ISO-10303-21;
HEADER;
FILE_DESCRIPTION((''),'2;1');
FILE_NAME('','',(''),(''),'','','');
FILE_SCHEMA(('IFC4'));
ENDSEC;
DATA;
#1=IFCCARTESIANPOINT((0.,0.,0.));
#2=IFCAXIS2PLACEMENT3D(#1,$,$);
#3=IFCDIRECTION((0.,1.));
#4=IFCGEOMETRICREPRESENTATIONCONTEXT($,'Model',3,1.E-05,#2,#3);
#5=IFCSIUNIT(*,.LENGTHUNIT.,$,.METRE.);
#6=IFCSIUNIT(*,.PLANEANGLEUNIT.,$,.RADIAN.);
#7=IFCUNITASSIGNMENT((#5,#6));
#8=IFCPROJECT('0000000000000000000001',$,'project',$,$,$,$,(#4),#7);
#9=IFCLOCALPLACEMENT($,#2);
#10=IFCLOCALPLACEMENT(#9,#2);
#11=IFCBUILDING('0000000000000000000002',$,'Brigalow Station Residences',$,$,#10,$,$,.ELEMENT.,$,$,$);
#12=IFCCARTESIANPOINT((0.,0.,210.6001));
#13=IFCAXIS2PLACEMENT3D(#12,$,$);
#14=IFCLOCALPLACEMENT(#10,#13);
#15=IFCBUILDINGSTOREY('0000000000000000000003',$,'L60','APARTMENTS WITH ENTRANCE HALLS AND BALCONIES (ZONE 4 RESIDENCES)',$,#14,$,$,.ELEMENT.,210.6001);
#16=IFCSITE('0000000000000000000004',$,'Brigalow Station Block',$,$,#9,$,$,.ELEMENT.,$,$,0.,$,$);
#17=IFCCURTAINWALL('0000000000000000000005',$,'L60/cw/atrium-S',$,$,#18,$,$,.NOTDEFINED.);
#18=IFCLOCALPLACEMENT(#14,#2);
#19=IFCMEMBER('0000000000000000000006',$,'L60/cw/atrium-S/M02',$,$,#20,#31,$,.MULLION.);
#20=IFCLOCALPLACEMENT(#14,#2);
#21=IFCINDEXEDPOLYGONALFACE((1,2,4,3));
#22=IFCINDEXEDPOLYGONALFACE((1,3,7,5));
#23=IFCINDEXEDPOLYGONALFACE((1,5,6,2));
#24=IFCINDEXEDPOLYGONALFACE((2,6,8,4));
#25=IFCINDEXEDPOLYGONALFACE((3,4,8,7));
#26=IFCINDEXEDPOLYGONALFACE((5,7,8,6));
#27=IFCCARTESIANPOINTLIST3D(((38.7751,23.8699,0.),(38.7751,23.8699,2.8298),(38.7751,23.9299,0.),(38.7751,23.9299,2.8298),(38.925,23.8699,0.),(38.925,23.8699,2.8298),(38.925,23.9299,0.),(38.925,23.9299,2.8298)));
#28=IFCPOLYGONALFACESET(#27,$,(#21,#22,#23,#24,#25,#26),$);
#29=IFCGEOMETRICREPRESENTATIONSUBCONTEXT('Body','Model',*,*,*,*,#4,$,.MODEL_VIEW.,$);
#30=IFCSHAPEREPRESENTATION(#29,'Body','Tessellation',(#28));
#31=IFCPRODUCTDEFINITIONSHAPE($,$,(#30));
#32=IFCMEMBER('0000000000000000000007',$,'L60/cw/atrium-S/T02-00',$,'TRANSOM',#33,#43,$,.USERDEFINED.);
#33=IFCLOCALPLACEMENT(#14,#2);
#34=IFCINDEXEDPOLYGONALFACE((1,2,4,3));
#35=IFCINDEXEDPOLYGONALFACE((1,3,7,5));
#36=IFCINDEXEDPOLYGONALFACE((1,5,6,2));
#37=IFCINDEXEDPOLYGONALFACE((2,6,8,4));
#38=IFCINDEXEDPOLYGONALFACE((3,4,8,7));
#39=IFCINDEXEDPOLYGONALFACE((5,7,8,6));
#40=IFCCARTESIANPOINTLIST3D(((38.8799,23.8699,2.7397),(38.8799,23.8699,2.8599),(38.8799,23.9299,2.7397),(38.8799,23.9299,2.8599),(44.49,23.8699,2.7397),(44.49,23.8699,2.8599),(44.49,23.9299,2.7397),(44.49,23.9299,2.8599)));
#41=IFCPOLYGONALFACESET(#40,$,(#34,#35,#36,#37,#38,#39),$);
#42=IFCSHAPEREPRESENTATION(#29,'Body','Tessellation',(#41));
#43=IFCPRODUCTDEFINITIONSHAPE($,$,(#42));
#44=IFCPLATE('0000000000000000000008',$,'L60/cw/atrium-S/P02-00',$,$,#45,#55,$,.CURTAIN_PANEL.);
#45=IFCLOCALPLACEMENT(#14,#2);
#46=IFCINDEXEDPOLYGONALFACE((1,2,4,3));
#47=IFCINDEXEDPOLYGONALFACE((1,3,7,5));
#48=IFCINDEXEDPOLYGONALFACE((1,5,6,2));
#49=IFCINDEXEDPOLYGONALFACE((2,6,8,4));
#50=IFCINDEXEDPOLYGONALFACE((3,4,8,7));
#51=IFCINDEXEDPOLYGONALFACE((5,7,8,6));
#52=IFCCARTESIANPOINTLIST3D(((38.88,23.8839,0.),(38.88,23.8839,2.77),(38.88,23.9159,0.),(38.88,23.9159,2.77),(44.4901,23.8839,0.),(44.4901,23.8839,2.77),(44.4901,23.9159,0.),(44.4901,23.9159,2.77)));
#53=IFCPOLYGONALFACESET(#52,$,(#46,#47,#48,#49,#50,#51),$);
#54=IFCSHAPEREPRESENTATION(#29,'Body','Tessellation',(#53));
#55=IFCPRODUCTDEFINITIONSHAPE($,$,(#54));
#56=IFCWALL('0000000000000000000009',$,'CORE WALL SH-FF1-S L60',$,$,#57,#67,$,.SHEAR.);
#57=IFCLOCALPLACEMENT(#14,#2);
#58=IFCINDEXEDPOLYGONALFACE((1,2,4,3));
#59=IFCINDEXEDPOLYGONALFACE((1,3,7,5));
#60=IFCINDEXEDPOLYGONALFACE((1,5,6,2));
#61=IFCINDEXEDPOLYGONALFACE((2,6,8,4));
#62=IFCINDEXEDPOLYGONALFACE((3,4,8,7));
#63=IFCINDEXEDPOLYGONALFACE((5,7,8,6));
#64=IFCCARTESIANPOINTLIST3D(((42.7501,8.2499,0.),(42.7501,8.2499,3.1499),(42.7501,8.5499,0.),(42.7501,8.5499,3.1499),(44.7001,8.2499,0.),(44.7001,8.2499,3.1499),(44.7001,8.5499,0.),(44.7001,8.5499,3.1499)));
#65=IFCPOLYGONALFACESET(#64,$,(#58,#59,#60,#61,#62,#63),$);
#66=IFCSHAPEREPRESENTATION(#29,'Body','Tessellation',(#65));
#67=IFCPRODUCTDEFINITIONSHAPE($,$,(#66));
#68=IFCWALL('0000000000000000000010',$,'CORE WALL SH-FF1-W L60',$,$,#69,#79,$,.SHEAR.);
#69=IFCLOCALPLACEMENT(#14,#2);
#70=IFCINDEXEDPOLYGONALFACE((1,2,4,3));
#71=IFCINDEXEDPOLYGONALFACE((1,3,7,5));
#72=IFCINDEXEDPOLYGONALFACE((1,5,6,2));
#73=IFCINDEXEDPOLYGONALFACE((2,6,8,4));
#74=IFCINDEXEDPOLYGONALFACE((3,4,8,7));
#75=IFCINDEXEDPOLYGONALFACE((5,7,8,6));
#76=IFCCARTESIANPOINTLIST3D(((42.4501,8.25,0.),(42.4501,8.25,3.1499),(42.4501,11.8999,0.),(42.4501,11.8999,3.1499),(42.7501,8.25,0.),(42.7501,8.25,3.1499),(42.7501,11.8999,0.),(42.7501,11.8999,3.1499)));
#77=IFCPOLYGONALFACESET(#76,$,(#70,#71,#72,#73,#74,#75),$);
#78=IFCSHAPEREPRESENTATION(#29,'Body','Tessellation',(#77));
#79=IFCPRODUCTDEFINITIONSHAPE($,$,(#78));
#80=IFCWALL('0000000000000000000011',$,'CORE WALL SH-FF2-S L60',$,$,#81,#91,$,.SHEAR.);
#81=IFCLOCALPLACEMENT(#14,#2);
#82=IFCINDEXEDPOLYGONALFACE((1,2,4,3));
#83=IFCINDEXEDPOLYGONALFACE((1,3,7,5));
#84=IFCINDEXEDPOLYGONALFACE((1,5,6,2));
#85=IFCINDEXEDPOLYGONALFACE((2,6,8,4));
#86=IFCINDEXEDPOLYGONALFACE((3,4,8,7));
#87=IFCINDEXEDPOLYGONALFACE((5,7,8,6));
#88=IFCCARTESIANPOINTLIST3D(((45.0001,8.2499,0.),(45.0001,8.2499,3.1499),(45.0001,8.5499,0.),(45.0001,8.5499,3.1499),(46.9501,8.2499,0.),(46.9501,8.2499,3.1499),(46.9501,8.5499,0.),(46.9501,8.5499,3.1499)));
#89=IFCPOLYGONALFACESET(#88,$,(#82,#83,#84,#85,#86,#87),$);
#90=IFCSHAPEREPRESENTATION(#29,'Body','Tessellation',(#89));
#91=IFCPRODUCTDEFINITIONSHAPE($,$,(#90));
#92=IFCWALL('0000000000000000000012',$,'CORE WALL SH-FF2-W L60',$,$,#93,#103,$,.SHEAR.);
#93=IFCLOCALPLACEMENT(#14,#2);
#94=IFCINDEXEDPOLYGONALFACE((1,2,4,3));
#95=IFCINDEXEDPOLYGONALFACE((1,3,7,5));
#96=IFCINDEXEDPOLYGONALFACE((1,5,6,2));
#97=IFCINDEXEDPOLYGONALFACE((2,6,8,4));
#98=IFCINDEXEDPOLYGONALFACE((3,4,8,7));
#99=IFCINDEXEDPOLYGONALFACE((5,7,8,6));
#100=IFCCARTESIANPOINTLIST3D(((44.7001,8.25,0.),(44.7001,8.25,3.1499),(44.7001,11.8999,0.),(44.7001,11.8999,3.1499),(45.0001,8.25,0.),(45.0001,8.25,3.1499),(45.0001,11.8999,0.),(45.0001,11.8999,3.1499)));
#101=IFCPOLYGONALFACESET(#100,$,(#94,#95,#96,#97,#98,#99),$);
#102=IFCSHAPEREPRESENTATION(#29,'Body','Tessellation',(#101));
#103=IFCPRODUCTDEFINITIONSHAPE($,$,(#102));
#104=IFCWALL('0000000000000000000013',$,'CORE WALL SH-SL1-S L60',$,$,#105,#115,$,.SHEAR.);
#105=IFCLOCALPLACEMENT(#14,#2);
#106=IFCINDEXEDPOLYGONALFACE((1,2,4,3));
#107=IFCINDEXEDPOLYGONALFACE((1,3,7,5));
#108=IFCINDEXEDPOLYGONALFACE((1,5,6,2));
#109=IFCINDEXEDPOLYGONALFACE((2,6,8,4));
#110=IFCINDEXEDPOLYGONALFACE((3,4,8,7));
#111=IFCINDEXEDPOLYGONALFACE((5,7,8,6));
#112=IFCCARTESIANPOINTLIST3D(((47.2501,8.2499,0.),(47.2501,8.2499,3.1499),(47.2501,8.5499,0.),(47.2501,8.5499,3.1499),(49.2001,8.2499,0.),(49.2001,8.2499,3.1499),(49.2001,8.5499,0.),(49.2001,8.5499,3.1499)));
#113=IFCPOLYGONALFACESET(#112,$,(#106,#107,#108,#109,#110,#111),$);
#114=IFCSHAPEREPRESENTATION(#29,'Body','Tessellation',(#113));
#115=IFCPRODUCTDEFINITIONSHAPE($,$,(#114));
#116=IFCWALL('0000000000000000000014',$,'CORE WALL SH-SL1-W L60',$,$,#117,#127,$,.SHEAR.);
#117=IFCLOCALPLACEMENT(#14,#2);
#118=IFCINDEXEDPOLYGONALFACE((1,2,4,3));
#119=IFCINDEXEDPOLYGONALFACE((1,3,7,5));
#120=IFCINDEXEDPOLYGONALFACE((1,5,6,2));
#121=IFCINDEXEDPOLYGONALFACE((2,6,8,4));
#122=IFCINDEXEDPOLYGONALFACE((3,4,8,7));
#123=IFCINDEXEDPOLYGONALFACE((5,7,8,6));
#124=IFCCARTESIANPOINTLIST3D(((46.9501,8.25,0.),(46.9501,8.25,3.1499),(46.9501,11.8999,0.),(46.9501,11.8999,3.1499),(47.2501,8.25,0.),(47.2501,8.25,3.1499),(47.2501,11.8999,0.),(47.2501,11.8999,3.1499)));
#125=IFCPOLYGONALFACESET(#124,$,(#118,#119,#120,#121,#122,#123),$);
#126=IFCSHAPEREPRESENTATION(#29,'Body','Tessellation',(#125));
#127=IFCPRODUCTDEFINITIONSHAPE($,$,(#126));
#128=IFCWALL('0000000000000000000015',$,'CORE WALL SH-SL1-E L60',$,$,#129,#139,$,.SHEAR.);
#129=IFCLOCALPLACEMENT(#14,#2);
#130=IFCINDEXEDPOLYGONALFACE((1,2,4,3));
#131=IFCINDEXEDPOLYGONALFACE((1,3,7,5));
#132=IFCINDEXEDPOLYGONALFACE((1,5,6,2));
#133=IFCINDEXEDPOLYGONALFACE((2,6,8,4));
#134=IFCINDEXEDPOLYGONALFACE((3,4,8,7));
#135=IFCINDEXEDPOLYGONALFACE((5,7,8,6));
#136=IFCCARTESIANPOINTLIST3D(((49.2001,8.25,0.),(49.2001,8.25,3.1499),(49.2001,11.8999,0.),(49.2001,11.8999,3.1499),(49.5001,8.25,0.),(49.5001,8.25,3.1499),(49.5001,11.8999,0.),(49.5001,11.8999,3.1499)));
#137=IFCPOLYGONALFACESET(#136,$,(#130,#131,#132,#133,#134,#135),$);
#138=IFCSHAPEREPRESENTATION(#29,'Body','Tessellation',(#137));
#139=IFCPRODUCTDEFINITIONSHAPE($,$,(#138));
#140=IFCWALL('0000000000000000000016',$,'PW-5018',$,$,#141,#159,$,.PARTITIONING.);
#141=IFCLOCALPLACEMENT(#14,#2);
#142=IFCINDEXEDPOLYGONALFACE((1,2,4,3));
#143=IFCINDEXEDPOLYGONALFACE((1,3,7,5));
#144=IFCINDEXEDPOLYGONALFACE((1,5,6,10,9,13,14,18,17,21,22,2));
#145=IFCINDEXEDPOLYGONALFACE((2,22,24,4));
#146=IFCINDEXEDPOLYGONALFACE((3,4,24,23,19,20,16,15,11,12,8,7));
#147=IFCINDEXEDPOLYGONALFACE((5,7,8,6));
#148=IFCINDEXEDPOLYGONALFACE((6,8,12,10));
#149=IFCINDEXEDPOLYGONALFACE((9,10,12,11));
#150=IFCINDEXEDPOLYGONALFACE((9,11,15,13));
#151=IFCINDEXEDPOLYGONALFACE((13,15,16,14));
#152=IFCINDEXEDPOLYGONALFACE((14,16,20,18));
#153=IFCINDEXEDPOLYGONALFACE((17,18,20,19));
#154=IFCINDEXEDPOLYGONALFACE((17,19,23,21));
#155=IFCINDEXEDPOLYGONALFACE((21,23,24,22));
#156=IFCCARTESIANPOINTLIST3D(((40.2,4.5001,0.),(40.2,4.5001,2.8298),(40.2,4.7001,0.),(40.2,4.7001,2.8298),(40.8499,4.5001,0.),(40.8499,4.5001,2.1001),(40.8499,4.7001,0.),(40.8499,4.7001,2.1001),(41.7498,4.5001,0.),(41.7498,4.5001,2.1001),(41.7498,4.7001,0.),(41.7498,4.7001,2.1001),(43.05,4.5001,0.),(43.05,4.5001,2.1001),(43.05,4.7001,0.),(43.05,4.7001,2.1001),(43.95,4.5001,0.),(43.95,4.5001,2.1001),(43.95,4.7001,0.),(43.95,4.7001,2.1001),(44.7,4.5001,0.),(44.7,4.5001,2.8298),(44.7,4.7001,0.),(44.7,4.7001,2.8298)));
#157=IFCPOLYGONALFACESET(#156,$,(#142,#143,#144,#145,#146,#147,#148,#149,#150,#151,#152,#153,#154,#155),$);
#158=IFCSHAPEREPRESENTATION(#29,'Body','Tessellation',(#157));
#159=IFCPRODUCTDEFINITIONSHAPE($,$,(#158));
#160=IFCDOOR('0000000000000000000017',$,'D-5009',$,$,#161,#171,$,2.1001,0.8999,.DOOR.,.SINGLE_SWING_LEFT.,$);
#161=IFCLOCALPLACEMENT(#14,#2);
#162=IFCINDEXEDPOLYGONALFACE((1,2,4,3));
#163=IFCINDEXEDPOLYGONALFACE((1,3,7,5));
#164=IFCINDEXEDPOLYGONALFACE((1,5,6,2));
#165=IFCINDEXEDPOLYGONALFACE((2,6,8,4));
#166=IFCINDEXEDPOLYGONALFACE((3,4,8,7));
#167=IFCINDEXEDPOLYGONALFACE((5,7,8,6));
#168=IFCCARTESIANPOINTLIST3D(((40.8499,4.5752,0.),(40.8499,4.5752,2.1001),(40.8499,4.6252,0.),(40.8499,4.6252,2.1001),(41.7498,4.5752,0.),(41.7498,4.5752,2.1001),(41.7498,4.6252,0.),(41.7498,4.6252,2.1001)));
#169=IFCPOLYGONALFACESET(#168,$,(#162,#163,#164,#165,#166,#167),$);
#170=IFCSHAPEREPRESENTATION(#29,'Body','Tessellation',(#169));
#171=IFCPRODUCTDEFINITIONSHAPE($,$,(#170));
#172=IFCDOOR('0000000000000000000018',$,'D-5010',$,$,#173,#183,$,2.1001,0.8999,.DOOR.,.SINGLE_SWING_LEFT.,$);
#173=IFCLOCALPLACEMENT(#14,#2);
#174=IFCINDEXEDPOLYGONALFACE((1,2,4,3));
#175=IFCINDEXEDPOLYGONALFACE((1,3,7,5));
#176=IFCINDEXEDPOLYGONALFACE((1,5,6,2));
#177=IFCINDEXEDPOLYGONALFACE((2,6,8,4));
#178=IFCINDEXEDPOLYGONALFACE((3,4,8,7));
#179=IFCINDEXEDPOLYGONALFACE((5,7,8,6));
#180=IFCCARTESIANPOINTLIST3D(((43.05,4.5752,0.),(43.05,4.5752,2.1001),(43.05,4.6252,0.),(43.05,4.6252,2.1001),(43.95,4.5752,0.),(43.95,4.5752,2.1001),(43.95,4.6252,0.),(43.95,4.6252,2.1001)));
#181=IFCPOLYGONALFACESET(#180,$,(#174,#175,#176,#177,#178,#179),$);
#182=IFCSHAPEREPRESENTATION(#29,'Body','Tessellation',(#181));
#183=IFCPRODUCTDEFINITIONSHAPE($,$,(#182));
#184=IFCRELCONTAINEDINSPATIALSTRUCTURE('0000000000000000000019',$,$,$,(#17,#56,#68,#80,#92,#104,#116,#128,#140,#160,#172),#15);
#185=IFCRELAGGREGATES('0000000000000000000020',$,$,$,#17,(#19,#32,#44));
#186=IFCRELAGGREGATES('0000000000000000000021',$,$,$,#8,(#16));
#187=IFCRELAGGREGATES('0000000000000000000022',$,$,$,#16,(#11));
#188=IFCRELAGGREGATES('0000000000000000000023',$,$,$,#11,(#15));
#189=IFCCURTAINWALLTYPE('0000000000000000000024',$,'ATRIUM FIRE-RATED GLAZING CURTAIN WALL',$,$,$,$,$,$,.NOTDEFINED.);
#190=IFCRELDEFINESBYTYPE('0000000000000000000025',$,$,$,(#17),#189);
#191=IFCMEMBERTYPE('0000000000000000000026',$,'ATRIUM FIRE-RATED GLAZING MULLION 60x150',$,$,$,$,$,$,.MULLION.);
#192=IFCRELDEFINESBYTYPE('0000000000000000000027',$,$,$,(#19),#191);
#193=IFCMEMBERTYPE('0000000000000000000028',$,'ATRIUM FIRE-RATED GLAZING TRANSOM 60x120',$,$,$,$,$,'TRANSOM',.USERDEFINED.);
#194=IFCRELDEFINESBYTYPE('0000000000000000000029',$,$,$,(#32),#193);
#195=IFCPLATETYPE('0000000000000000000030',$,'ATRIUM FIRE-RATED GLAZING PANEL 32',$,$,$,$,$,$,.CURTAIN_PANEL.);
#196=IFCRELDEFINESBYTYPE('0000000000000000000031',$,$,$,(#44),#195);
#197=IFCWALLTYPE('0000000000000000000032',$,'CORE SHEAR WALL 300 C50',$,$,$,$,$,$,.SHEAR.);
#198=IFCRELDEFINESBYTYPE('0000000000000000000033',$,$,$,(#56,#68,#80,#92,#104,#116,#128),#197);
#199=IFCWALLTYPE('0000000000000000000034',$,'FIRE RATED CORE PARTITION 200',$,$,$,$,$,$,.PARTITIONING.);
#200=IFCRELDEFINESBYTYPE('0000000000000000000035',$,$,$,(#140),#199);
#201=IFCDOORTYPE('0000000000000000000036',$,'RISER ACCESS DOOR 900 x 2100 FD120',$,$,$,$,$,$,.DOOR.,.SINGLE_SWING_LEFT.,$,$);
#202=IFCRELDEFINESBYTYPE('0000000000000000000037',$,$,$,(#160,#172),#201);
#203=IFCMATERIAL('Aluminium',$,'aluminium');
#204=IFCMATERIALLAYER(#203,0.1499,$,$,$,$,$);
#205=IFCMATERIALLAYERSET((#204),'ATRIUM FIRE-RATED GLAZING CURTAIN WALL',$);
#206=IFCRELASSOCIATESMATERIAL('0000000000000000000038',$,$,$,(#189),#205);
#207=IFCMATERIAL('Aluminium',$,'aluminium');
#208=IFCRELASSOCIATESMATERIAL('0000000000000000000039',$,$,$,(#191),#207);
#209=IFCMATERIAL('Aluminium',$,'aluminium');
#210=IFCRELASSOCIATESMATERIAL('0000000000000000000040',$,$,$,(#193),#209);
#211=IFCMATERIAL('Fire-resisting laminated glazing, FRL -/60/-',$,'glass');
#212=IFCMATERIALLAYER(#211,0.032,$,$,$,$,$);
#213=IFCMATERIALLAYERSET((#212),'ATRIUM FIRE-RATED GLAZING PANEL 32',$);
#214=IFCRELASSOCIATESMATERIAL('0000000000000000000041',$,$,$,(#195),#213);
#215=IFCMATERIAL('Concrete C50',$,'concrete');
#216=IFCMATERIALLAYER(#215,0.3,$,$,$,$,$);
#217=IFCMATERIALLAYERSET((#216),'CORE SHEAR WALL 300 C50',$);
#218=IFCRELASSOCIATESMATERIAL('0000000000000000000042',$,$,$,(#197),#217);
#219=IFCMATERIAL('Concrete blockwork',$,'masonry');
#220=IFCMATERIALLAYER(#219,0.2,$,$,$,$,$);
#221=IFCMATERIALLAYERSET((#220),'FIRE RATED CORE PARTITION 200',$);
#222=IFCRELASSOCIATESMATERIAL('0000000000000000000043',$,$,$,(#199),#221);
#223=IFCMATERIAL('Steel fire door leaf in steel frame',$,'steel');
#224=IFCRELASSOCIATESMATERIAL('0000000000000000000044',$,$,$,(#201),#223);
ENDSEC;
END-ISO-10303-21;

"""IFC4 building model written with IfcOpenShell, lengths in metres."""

from ifc_helpers import new_model, si_unit, direction, frame, frame_2d, origin, origin_2d, place, context, subcontext, project, spatial, rectangle, extrude, material, layer, layer_set, material_profile, profile_set, type_object, element, fill, aggregate, save


model = new_model("IFC4")

# Units and contexts
model_context = context("Model", 3, precision=1e-05, world=origin(), true_north=direction((0.0, 1.0)))
body_context = subcontext(model_context, "Body", "Model", "MODEL_VIEW")
ifc_project = project(units=[si_unit("LENGTHUNIT", "METRE"), si_unit("PLANEANGLEUNIT", "RADIAN")], contexts=[model_context])

# Site, building, storey
site_placement = place(None, origin())
site = spatial("IfcSite", under=ifc_project, at=site_placement, Name="Brigalow Station Block", CompositionType="ELEMENT", RefElevation=0.0)
building_placement = place(site_placement, origin())
building = spatial("IfcBuilding", under=site, at=building_placement, Name="Brigalow Station Residences", CompositionType="ELEMENT")
storey_placement = place(building_placement, frame((0.0, 0.0, 210.6001)))
storey = spatial("IfcBuildingStorey", under=building, at=storey_placement, Name="L60", Description="APARTMENTS WITH ENTRANCE HALLS AND BALCONIES (ZONE 4 RESIDENCES)", CompositionType="ELEMENT", Elevation=210.6001)

# Curtain wall, members, plate
ifc_material_1 = material(Name="Aluminium", Category="aluminium")
ifc_layer_1 = layer(ifc_material_1, 0.1499)
ifc_layer_set_1 = layer_set([ifc_layer_1], Name="ATRIUM FIRE-RATED GLAZING CURTAIN WALL")
curtain_wall_type = type_object("IfcCurtainWallType", Name="ATRIUM FIRE-RATED GLAZING CURTAIN WALL", PredefinedType="NOTDEFINED", material=ifc_layer_set_1)
curtain_wall_placement = place(storey_placement, origin())
curtain_wall = element("IfcCurtainWall", 1, at=curtain_wall_placement, inside=storey, type_object=curtain_wall_type, Name="L60/cw/atrium-S", PredefinedType="NOTDEFINED")
ifc_material_2 = material(Name="Aluminium", Category="aluminium")
ifc_material_profile_1 = material_profile(ifc_material_2, rectangle(XDim=0.0601, YDim=0.1499, at=origin_2d()), Name="ATRIUM FIRE-RATED GLAZING MULLION 60x150")
ifc_profile_set_1 = profile_set([ifc_material_profile_1], Name="Aluminium")
member_type_1 = type_object("IfcMemberType", Name="ATRIUM FIRE-RATED GLAZING MULLION 60x150", PredefinedType="MULLION", material=ifc_profile_set_1)
member_1_placement = place(storey_placement, frame((38.8501, 23.8999, 0.0), z_axis=(0.0, 0.0, 1.0), x_axis=(0.0, 1.0, 0.0)))
member_1 = element("IfcMember", 2, at=member_1_placement, type_object=member_type_1, Name="L60/cw/atrium-S/M02", PredefinedType="MULLION", context=body_context, shape_type="SweptSolid", body=[
    extrude(rectangle(XDim=0.0601, YDim=0.1499, at=origin_2d()), origin(), (0.0, 0.0, 1.0), 2.8298),
])
ifc_material_3 = material(Name="Aluminium", Category="aluminium")
ifc_material_profile_2 = material_profile(ifc_material_3, rectangle(XDim=0.0601, YDim=0.1201, at=origin_2d()), Name="ATRIUM FIRE-RATED GLAZING TRANSOM 60x120")
ifc_profile_set_2 = profile_set([ifc_material_profile_2], Name="Aluminium")
member_type_2 = type_object("IfcMemberType", Name="ATRIUM FIRE-RATED GLAZING TRANSOM 60x120", ElementType="TRANSOM", PredefinedType="USERDEFINED", material=ifc_profile_set_2)
member_2_placement = place(storey_placement, frame((38.8799, 23.8999, 2.7998), z_axis=(1.0, 0.0, 0.0), x_axis=(0.0, 1.0, 0.0)))
member_2 = element("IfcMember", 3, at=member_2_placement, type_object=member_type_2, Name="L60/cw/atrium-S/T02-00", ObjectType="TRANSOM", PredefinedType="USERDEFINED", context=body_context, shape_type="SweptSolid", body=[
    extrude(rectangle(XDim=0.0601, YDim=0.1201, at=origin_2d()), origin(), (0.0, 0.0, 1.0), 5.6101),
])
ifc_material_4 = material(Name="Fire-resisting laminated glazing, FRL -/60/-", Category="glass")
ifc_layer_2 = layer(ifc_material_4, 0.032)
ifc_layer_set_2 = layer_set([ifc_layer_2], Name="ATRIUM FIRE-RATED GLAZING PANEL 32")
plate_type = type_object("IfcPlateType", Name="ATRIUM FIRE-RATED GLAZING PANEL 32", PredefinedType="CURTAIN_PANEL", material=ifc_layer_set_2)
plate_placement = place(storey_placement, frame((41.6851, 23.8999, 0.0), z_axis=(0.0, 0.0, 1.0), x_axis=(1.0, 0.0, 0.0)))
plate = element("IfcPlate", 4, at=plate_placement, type_object=plate_type, Name="L60/cw/atrium-S/P02-00", PredefinedType="CURTAIN_PANEL", context=body_context, shape_type="SweptSolid", body=[
    extrude(rectangle(XDim=5.6101, YDim=0.032, at=origin_2d()), origin(), (0.0, 0.0, 1.0), 2.77),
])
aggregate(curtain_wall, [member_1, member_2, plate])

# Walls
ifc_material_5 = material(Name="Concrete C50", Category="concrete")
ifc_layer_3 = layer(ifc_material_5, 0.3)
ifc_layer_set_3 = layer_set([ifc_layer_3], Name="CORE SHEAR WALL 300 C50")
wall_type_1 = type_object("IfcWallType", Name="CORE SHEAR WALL 300 C50", PredefinedType="SHEAR", material=ifc_layer_set_3)
wall_1_placement = place(storey_placement, frame((42.75, 8.3999, 0.0), z_axis=(0.0, 0.0, 1.0), x_axis=(1.0, 0.0, 0.0)))
element("IfcWall", 5, at=wall_1_placement, inside=storey, type_object=wall_type_1, Name="CORE WALL SH-FF1-S L60", PredefinedType="SHEAR", context=body_context, shape_type="SweptSolid", body=[
    extrude(rectangle(XDim=1.95, YDim=0.3, at=frame_2d((0.9751, 0.0))), origin(), (0.0, 0.0, 1.0), 3.1499),
])
wall_2_placement = place(storey_placement, frame((42.6001, 8.25, 0.0), z_axis=(0.0, 0.0, 1.0), x_axis=(0.0, 1.0, 0.0)))
element("IfcWall", 6, at=wall_2_placement, inside=storey, type_object=wall_type_1, Name="CORE WALL SH-FF1-W L60", PredefinedType="SHEAR", context=body_context, shape_type="SweptSolid", body=[
    extrude(rectangle(XDim=3.6499, YDim=0.3, at=frame_2d((1.825, 0.0))), origin(), (0.0, 0.0, 1.0), 3.1499),
])
wall_3_placement = place(storey_placement, frame((45.0, 8.3999, 0.0), z_axis=(0.0, 0.0, 1.0), x_axis=(1.0, 0.0, 0.0)))
element("IfcWall", 7, at=wall_3_placement, inside=storey, type_object=wall_type_1, Name="CORE WALL SH-FF2-S L60", PredefinedType="SHEAR", context=body_context, shape_type="SweptSolid", body=[
    extrude(rectangle(XDim=1.95, YDim=0.3, at=frame_2d((0.9751, 0.0))), origin(), (0.0, 0.0, 1.0), 3.1499),
])
wall_4_placement = place(storey_placement, frame((44.8501, 8.25, 0.0), z_axis=(0.0, 0.0, 1.0), x_axis=(0.0, 1.0, 0.0)))
element("IfcWall", 8, at=wall_4_placement, inside=storey, type_object=wall_type_1, Name="CORE WALL SH-FF2-W L60", PredefinedType="SHEAR", context=body_context, shape_type="SweptSolid", body=[
    extrude(rectangle(XDim=3.6499, YDim=0.3, at=frame_2d((1.825, 0.0))), origin(), (0.0, 0.0, 1.0), 3.1499),
])
wall_5_placement = place(storey_placement, frame((47.25, 8.3999, 0.0), z_axis=(0.0, 0.0, 1.0), x_axis=(1.0, 0.0, 0.0)))
element("IfcWall", 9, at=wall_5_placement, inside=storey, type_object=wall_type_1, Name="CORE WALL SH-SL1-S L60", PredefinedType="SHEAR", context=body_context, shape_type="SweptSolid", body=[
    extrude(rectangle(XDim=1.95, YDim=0.3, at=frame_2d((0.9751, 0.0))), origin(), (0.0, 0.0, 1.0), 3.1499),
])
for number, where, z_axis, x_axis, name in (
    (10, (47.1001, 8.25, 0.0), (0.0, 0.0, 1.0), (0.0, 1.0, 0.0), "CORE WALL SH-SL1-W L60"),
    (11, (49.3501, 8.25, 0.0), (0.0, 0.0, 1.0), (0.0, 1.0, 0.0), "CORE WALL SH-SL1-E L60"),
):
    element("IfcWall", number, at=place(storey_placement, frame(where, z_axis=z_axis, x_axis=x_axis)), inside=storey, type_object=wall_type_1, Name=name, PredefinedType="SHEAR", context=body_context, shape_type="SweptSolid", body=[
        extrude(rectangle(XDim=3.6499, YDim=0.3, at=frame_2d((1.825, 0.0))), origin(), (0.0, 0.0, 1.0), 3.1499),
    ])

# Wall, openings, doors
ifc_material_6 = material(Name="Concrete blockwork", Category="masonry")
ifc_layer_4 = layer(ifc_material_6, 0.2)
ifc_layer_set_4 = layer_set([ifc_layer_4], Name="FIRE RATED CORE PARTITION 200")
wall_type_2 = type_object("IfcWallType", Name="FIRE RATED CORE PARTITION 200", PredefinedType="PARTITIONING", material=ifc_layer_set_4)
wall_6_placement = place(storey_placement, frame((40.2, 4.6001, 0.0), z_axis=(0.0, 0.0, 1.0), x_axis=(1.0, 0.0, 0.0)))
wall_6 = element("IfcWall", 12, at=wall_6_placement, inside=storey, type_object=wall_type_2, Name="PW-5018", PredefinedType="PARTITIONING", context=body_context, shape_type="SweptSolid", body=[
    extrude(rectangle(XDim=4.5, YDim=0.2, at=frame_2d((2.25, 0.0))), origin(), (0.0, 0.0, 1.0), 2.8298),
])
opening_1_placement = place(wall_6_placement, frame((0.6499, 0.0, 0.0)))
opening_1 = element("IfcOpeningElement", 13, at=opening_1_placement, cuts=wall_6, PredefinedType="OPENING", context=body_context, shape_type="SweptSolid", body=[
    extrude(rectangle(XDim=0.8999, YDim=2.1001, at=frame_2d((0.45, 1.05))), frame((0.0, 0.1099, 0.0), z_axis=(0.0, -1.0, 0.0), x_axis=(1.0, 0.0, 0.0)), (0.0, 0.0, 1.0), 0.22),
])
opening_2_placement = place(wall_6_placement, frame((2.8501, 0.0, 0.0)))
opening_2 = element("IfcOpeningElement", 14, at=opening_2_placement, cuts=wall_6, PredefinedType="OPENING", context=body_context, shape_type="SweptSolid", body=[
    extrude(rectangle(XDim=0.8999, YDim=2.1001, at=frame_2d((0.45, 1.05))), frame((0.0, 0.1099, 0.0), z_axis=(0.0, -1.0, 0.0), x_axis=(1.0, 0.0, 0.0)), (0.0, 0.0, 1.0), 0.22),
])
ifc_material_7 = material(Name="Steel fire door leaf in steel frame", Category="steel")
door_type_1 = type_object("IfcDoorType", Name="RISER ACCESS DOOR 900 x 2100 FD120", OperationType="SINGLE_SWING_LEFT", PredefinedType="DOOR", material=ifc_material_7)
door_1_placement = place(opening_1_placement, frame((0.8999, 0.0, 0.0), z_axis=(0.0, 0.0, 1.0), x_axis=(-1.0, 0.0, 0.0)))
door_1 = element("IfcDoor", 15, at=door_1_placement, inside=storey, type_object=door_type_1, Name="D-5009", OperationType="SINGLE_SWING_LEFT", OverallHeight=2.1001, OverallWidth=0.8999, PredefinedType="DOOR", context=body_context, shape_type="SweptSolid", body=[
    extrude(rectangle(XDim=0.8999, YDim=2.1001, at=frame_2d((0.45, 1.05))), frame((0.0, 0.0249, 0.0), z_axis=(0.0, -1.0, 0.0), x_axis=(1.0, 0.0, 0.0)), (0.0, 0.0, 1.0), 0.05),
])
fill(opening_1, door_1)
door_2_placement = place(opening_2_placement, frame((0.8999, 0.0, 0.0), z_axis=(0.0, 0.0, 1.0), x_axis=(-1.0, 0.0, 0.0)))
door_2 = element("IfcDoor", 16, at=door_2_placement, inside=storey, type_object=door_type_1, Name="D-5010", OperationType="SINGLE_SWING_LEFT", OverallHeight=2.1001, OverallWidth=0.8999, PredefinedType="DOOR", context=body_context, shape_type="SweptSolid", body=[
    extrude(rectangle(XDim=0.8999, YDim=2.1001, at=frame_2d((0.45, 1.05))), frame((0.0, 0.0249, 0.0), z_axis=(0.0, -1.0, 0.0), x_axis=(1.0, 0.0, 0.0)), (0.0, 0.0, 1.0), 0.05),
])
fill(opening_2, door_2)

save(model, "model.ifc")
